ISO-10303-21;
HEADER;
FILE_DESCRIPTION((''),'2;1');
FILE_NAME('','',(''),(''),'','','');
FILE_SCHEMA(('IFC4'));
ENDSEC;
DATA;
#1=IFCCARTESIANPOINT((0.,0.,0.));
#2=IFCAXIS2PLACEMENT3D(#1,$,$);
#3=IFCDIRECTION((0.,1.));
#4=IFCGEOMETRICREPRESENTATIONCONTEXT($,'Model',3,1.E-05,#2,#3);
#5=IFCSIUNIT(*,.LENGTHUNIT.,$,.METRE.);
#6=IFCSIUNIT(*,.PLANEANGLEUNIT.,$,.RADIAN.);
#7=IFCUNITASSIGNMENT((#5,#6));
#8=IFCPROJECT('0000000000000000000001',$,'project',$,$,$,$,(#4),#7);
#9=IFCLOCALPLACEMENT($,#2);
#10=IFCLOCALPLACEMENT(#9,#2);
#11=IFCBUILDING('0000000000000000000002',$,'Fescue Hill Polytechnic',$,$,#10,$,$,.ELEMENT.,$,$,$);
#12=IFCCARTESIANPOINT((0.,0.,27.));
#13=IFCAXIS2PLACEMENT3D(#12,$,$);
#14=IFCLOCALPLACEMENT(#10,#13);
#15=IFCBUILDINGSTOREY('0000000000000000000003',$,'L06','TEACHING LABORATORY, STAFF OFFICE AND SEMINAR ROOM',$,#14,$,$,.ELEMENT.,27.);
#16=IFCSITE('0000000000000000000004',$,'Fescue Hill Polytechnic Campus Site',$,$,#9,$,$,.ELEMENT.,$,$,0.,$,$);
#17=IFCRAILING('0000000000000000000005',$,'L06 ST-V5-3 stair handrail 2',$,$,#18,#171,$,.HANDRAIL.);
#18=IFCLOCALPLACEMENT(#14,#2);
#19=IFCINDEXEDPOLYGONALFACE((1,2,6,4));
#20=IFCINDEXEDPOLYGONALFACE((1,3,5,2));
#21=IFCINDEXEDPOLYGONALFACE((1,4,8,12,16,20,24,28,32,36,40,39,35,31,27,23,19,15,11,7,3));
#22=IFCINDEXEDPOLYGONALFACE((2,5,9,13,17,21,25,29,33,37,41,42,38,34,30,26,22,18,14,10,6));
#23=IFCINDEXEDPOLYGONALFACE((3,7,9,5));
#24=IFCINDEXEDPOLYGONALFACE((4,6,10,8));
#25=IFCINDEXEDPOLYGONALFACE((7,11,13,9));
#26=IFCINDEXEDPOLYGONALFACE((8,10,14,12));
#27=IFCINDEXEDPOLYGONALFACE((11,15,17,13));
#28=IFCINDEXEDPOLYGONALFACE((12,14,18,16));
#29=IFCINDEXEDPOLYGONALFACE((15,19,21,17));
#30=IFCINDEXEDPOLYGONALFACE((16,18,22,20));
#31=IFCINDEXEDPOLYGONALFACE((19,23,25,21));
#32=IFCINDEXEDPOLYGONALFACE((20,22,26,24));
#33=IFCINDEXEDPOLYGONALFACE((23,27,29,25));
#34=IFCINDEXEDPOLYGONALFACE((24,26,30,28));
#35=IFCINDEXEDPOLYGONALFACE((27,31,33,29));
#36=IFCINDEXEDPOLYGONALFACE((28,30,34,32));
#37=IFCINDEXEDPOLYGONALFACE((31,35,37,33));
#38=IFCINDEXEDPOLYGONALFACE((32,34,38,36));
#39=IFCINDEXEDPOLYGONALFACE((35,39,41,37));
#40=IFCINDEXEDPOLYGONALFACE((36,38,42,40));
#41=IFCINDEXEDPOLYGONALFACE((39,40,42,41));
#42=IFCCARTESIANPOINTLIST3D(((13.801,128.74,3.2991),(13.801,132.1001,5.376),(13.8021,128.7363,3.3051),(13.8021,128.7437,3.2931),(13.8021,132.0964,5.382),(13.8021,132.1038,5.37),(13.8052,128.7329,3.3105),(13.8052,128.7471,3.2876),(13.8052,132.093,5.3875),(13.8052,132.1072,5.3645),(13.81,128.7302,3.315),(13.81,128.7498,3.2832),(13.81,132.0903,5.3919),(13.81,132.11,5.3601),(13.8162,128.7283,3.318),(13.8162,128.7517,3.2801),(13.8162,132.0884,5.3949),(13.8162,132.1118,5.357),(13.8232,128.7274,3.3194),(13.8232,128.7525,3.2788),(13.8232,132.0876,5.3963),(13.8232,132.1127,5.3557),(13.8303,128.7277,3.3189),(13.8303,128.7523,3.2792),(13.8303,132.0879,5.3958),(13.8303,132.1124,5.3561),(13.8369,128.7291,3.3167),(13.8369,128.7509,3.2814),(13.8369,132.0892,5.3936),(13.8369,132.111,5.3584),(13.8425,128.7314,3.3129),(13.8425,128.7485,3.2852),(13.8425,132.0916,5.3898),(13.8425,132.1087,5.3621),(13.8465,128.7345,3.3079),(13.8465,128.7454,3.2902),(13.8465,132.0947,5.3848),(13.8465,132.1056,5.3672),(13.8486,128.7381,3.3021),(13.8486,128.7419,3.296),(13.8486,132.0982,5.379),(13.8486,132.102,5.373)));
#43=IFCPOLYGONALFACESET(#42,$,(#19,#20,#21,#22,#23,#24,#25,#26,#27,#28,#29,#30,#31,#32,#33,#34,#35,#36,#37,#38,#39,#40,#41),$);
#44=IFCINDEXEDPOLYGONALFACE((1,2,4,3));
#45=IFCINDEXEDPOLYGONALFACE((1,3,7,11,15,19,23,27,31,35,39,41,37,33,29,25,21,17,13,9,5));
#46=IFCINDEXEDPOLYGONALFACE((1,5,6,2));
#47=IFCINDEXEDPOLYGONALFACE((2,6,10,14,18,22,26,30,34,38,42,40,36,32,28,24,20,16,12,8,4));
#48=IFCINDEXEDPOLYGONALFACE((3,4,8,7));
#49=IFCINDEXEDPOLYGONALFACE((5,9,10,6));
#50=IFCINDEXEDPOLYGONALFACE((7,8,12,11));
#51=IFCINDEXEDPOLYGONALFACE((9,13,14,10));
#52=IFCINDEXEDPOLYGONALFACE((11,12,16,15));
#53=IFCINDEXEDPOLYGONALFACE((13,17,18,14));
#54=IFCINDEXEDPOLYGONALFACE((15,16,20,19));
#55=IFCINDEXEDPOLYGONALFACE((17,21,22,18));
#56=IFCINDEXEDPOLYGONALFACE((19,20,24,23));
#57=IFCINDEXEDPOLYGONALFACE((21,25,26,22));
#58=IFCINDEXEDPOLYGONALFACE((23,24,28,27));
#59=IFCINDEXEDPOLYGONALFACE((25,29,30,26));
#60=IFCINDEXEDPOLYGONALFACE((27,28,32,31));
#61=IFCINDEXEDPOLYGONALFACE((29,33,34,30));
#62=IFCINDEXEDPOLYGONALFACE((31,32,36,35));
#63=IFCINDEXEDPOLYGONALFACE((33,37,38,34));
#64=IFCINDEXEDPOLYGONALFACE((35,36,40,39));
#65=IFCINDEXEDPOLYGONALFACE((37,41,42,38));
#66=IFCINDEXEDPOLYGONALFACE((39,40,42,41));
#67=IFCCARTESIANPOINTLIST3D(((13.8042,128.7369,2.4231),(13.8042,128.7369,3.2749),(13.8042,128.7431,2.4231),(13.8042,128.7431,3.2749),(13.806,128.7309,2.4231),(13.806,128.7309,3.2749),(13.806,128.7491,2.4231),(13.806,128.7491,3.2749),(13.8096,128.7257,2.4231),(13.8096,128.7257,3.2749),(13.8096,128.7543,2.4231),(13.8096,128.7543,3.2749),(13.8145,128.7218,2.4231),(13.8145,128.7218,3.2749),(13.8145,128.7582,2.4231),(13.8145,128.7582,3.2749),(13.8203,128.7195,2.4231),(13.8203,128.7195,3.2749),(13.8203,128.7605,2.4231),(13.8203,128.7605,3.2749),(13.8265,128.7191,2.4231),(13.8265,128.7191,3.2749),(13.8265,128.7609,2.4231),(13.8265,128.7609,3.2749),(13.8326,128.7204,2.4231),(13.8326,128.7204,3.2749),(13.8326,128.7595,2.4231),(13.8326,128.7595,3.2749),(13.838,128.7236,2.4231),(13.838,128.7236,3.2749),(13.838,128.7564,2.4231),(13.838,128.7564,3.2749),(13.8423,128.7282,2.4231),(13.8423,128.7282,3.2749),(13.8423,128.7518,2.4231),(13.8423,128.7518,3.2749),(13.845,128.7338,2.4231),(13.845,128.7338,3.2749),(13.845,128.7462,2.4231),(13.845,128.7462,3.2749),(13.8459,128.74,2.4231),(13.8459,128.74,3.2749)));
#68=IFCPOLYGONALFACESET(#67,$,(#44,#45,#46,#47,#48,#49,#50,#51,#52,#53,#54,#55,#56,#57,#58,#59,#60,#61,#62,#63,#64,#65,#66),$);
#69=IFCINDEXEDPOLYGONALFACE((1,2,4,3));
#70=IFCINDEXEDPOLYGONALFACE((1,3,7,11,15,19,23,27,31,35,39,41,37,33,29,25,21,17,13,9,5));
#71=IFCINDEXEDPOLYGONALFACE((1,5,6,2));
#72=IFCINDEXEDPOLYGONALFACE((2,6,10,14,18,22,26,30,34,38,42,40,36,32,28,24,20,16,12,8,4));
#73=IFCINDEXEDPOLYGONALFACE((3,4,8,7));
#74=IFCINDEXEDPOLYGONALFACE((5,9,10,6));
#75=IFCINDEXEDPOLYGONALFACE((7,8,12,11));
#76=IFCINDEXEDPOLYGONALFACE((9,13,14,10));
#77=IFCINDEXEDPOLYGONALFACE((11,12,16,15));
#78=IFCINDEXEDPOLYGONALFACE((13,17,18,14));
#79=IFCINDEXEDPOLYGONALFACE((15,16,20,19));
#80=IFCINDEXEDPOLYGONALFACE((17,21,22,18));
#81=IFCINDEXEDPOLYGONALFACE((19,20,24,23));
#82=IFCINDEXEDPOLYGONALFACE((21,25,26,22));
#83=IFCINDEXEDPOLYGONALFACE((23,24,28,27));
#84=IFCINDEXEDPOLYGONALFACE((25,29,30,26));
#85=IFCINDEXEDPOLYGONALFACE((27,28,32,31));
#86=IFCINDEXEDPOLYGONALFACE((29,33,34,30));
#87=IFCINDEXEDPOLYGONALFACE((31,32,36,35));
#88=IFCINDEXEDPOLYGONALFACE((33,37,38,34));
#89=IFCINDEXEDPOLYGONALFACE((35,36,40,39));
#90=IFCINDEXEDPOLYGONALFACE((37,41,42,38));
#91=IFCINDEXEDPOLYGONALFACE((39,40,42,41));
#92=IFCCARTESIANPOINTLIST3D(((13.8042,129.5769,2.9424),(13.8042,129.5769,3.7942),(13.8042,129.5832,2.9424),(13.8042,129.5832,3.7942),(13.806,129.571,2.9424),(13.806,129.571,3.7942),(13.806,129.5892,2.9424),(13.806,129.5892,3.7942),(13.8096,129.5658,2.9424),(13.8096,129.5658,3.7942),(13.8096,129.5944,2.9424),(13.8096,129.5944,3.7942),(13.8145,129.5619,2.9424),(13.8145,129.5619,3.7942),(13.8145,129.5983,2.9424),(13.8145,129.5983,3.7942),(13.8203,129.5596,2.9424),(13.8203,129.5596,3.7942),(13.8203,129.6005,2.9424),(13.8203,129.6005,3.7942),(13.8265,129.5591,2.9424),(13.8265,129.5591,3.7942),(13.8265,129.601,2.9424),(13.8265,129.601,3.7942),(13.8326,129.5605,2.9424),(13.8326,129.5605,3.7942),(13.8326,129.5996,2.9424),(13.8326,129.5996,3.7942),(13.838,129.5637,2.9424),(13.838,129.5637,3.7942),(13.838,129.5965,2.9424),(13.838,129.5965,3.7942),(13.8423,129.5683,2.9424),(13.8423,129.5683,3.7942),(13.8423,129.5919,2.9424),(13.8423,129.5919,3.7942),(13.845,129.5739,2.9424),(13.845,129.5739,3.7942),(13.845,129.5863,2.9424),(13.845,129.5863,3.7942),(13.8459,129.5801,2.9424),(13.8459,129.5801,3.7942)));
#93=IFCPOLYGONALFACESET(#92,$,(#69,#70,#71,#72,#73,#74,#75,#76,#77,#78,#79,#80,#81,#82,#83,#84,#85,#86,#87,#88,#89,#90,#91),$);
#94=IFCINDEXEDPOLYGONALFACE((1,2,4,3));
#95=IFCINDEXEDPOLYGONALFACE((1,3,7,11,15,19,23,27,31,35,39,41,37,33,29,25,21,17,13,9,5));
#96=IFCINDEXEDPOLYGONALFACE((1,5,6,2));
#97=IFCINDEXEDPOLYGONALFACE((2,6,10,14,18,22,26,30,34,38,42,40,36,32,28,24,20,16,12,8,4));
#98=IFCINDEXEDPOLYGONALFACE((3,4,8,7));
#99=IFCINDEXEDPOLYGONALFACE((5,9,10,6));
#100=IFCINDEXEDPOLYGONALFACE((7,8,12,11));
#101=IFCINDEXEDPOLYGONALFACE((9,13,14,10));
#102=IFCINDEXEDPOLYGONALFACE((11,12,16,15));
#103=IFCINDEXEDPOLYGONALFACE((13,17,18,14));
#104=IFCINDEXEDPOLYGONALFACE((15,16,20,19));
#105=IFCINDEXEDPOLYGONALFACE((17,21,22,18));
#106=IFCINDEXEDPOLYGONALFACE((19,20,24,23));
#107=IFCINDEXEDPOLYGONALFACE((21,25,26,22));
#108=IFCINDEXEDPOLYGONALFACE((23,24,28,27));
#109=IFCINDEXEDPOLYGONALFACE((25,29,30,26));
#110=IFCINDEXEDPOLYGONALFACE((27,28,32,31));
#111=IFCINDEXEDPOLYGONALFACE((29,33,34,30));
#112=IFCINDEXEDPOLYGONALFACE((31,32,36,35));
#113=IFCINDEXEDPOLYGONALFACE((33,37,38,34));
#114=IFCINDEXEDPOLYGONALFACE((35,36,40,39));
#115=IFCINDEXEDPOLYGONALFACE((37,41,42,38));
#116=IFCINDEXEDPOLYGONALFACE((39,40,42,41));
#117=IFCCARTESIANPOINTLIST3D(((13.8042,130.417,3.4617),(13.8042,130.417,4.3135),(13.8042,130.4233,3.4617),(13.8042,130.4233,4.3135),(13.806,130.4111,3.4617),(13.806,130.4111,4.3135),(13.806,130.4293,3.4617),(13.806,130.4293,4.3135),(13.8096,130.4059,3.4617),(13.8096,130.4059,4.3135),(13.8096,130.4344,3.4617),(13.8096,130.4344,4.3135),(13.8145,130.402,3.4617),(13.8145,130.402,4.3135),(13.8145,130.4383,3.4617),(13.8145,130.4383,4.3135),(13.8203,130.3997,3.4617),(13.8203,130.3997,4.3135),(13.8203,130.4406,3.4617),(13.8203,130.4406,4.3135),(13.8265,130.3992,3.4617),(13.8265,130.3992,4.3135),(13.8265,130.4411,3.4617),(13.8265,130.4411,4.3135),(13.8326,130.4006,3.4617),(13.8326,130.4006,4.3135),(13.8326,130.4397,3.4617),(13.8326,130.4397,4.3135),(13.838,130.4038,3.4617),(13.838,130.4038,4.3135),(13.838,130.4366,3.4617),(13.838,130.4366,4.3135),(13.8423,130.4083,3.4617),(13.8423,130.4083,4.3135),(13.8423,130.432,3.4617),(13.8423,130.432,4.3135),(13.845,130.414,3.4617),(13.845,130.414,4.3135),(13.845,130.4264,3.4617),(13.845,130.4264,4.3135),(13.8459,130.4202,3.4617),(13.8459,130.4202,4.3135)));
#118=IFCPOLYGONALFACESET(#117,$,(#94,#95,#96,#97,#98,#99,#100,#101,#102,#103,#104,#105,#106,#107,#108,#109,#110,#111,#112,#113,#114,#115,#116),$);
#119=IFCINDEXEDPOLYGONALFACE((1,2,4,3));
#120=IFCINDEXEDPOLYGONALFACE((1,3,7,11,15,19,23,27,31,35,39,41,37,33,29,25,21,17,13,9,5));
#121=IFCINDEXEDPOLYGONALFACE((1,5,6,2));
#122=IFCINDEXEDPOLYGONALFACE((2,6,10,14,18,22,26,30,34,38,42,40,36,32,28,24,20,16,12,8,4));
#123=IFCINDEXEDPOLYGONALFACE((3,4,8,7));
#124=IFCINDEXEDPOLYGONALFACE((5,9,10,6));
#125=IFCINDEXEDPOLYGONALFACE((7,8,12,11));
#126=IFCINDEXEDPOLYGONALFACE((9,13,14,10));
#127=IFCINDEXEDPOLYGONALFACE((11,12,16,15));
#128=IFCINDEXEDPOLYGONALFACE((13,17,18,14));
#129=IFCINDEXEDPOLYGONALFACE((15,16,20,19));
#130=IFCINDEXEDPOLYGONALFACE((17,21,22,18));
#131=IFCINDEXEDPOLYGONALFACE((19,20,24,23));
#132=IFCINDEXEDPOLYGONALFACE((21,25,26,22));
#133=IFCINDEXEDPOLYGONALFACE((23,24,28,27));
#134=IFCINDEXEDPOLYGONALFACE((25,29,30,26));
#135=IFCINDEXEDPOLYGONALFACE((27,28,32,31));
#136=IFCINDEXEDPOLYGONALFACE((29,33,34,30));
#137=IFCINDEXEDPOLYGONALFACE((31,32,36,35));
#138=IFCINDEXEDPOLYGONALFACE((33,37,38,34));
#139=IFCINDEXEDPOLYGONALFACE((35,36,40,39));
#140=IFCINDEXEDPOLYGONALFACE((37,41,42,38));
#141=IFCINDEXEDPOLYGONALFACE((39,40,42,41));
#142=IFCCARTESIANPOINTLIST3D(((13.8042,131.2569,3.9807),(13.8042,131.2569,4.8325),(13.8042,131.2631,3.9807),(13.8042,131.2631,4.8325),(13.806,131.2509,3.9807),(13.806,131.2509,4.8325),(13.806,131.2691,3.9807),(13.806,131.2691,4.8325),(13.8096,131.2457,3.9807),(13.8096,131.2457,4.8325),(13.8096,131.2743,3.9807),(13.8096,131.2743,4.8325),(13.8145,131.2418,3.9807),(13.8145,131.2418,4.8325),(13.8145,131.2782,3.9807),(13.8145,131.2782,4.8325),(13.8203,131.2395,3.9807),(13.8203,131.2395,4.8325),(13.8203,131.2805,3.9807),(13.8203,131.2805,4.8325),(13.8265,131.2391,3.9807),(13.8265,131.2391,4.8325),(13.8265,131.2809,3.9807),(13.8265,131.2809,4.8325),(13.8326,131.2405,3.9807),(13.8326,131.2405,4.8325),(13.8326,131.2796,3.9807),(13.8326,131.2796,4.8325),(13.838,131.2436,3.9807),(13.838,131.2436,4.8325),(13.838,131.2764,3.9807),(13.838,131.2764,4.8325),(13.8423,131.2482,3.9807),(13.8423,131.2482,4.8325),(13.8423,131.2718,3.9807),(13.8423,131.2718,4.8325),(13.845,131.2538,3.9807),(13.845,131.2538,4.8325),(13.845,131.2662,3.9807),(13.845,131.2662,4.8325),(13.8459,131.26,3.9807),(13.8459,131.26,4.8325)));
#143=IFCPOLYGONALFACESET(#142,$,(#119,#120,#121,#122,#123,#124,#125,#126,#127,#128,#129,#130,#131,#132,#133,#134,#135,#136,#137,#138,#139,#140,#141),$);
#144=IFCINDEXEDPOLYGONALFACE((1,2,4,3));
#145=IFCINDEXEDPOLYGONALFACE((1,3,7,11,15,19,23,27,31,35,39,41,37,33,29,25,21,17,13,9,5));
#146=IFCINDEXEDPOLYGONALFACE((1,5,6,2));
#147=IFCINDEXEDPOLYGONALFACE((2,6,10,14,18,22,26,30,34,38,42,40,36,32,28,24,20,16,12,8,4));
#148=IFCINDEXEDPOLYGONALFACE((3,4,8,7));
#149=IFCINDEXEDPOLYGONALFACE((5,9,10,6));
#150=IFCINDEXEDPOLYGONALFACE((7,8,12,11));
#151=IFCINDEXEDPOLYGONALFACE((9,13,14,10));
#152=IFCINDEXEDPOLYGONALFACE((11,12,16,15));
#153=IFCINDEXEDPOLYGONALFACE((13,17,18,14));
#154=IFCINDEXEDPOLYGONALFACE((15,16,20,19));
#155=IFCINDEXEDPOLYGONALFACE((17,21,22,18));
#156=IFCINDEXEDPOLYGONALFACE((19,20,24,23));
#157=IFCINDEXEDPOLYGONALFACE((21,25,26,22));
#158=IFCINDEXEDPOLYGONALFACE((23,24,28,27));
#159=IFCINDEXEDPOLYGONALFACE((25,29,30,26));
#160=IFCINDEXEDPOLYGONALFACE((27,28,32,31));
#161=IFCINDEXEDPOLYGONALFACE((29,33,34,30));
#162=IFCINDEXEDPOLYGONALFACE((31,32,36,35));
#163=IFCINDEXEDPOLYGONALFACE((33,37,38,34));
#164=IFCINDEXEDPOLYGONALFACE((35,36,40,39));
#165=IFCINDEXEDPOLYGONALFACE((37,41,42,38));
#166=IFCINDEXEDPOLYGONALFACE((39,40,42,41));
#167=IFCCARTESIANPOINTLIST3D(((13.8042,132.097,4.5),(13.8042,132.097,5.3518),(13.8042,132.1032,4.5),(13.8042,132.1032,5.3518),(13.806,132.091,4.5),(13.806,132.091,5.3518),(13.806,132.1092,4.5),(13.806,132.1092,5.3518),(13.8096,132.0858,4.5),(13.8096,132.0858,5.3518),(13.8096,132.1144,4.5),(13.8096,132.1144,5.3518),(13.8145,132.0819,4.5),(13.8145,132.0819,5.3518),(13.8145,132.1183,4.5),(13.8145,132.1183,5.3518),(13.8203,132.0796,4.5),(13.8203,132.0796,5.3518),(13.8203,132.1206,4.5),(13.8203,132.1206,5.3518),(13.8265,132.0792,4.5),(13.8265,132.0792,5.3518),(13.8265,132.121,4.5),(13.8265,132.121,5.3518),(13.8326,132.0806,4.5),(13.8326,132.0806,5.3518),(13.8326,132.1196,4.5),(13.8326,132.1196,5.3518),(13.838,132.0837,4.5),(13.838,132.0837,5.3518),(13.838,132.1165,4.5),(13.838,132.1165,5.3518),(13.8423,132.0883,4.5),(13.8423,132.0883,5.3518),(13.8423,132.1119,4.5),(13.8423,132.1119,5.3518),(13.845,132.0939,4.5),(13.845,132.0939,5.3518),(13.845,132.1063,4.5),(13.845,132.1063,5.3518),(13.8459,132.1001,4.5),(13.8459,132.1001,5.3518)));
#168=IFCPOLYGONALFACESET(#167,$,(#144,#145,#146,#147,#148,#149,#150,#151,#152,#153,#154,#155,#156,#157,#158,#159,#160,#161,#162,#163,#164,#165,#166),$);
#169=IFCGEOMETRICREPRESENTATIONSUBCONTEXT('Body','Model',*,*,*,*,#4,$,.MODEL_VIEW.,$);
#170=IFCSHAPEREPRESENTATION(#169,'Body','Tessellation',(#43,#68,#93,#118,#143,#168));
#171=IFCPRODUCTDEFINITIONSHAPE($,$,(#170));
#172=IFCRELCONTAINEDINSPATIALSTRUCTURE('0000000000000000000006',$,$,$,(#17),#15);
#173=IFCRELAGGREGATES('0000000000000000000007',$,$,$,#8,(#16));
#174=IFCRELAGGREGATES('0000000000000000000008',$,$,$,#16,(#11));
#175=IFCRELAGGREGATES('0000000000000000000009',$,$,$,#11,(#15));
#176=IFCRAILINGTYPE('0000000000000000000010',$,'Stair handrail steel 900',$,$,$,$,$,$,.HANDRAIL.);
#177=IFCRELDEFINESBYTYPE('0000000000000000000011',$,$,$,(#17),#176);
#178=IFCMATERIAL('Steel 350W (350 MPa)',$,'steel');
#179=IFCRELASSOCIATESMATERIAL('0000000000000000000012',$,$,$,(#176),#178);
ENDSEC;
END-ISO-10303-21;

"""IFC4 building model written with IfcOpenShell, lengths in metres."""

from ifc_helpers import new_model, si_unit, direction, frame, origin, origin_2d, place, context, subcontext, project, spatial, circle, extrude, material, type_object, element, save


model = new_model("IFC4")

# Units and contexts
model_context = context("Model", 3, precision=1e-05, world=origin(), true_north=direction((0.0, 1.0)))
body_context = subcontext(model_context, "Body", "Model", "MODEL_VIEW")
ifc_project = project(units=[si_unit("LENGTHUNIT", "METRE"), si_unit("PLANEANGLEUNIT", "RADIAN")], contexts=[model_context])

# Site, building, storey
site_placement = place(None, origin())
site = spatial("IfcSite", under=ifc_project, at=site_placement, Name="Fescue Hill Polytechnic Campus Site", CompositionType="ELEMENT", RefElevation=0.0)
building_placement = place(site_placement, origin())
building = spatial("IfcBuilding", under=site, at=building_placement, Name="Fescue Hill Polytechnic", CompositionType="ELEMENT")
storey_placement = place(building_placement, frame((0.0, 0.0, 27.0)))
storey = spatial("IfcBuildingStorey", under=building, at=storey_placement, Name="L06", Description="TEACHING LABORATORY, STAFF OFFICE AND SEMINAR ROOM", CompositionType="ELEMENT", Elevation=27.0)

# Railing
ifc_material_1 = material(Name="Steel 350W (350 MPa)", Category="steel")
railing_type_1 = type_object("IfcRailingType", Name="Stair handrail steel 900", PredefinedType="HANDRAIL", material=ifc_material_1)
railing_1_placement = place(storey_placement, frame((13.825, 128.74, 2.4231)))
element("IfcRailing", 1, at=railing_1_placement, inside=storey, type_object=railing_type_1, Name="L06 ST-V5-3 stair handrail 2", PredefinedType="HANDRAIL", context=body_context, shape_type="SweptSolid", body=[
    extrude(circle(Radius=0.0239, at=origin_2d()), frame((0.0, 0.0, 0.876), z_axis=(0.0, 0.850623, 0.525776), x_axis=(-1.0, 0.0, 0.0)), (0.0, 0.0, 1.0), 3.9502),
    extrude(circle(Radius=0.021, at=origin_2d()), origin(), (0.0, 0.0, 1.0), 0.8518),
    extrude(circle(Radius=0.021, at=origin_2d()), frame((0.0, 0.8401, 0.5193)), (0.0, 0.0, 1.0), 0.8518),
    extrude(circle(Radius=0.021, at=origin_2d()), frame((0.0, 1.6802, 1.0386)), (0.0, 0.0, 1.0), 0.8518),
    extrude(circle(Radius=0.021, at=origin_2d()), frame((0.0, 2.52, 1.5576)), (0.0, 0.0, 1.0), 0.8518),
    extrude(circle(Radius=0.021, at=origin_2d()), frame((0.0, 3.3601, 2.0769)), (0.0, 0.0, 1.0), 0.8518),
])

save(model, "model.ifc")
